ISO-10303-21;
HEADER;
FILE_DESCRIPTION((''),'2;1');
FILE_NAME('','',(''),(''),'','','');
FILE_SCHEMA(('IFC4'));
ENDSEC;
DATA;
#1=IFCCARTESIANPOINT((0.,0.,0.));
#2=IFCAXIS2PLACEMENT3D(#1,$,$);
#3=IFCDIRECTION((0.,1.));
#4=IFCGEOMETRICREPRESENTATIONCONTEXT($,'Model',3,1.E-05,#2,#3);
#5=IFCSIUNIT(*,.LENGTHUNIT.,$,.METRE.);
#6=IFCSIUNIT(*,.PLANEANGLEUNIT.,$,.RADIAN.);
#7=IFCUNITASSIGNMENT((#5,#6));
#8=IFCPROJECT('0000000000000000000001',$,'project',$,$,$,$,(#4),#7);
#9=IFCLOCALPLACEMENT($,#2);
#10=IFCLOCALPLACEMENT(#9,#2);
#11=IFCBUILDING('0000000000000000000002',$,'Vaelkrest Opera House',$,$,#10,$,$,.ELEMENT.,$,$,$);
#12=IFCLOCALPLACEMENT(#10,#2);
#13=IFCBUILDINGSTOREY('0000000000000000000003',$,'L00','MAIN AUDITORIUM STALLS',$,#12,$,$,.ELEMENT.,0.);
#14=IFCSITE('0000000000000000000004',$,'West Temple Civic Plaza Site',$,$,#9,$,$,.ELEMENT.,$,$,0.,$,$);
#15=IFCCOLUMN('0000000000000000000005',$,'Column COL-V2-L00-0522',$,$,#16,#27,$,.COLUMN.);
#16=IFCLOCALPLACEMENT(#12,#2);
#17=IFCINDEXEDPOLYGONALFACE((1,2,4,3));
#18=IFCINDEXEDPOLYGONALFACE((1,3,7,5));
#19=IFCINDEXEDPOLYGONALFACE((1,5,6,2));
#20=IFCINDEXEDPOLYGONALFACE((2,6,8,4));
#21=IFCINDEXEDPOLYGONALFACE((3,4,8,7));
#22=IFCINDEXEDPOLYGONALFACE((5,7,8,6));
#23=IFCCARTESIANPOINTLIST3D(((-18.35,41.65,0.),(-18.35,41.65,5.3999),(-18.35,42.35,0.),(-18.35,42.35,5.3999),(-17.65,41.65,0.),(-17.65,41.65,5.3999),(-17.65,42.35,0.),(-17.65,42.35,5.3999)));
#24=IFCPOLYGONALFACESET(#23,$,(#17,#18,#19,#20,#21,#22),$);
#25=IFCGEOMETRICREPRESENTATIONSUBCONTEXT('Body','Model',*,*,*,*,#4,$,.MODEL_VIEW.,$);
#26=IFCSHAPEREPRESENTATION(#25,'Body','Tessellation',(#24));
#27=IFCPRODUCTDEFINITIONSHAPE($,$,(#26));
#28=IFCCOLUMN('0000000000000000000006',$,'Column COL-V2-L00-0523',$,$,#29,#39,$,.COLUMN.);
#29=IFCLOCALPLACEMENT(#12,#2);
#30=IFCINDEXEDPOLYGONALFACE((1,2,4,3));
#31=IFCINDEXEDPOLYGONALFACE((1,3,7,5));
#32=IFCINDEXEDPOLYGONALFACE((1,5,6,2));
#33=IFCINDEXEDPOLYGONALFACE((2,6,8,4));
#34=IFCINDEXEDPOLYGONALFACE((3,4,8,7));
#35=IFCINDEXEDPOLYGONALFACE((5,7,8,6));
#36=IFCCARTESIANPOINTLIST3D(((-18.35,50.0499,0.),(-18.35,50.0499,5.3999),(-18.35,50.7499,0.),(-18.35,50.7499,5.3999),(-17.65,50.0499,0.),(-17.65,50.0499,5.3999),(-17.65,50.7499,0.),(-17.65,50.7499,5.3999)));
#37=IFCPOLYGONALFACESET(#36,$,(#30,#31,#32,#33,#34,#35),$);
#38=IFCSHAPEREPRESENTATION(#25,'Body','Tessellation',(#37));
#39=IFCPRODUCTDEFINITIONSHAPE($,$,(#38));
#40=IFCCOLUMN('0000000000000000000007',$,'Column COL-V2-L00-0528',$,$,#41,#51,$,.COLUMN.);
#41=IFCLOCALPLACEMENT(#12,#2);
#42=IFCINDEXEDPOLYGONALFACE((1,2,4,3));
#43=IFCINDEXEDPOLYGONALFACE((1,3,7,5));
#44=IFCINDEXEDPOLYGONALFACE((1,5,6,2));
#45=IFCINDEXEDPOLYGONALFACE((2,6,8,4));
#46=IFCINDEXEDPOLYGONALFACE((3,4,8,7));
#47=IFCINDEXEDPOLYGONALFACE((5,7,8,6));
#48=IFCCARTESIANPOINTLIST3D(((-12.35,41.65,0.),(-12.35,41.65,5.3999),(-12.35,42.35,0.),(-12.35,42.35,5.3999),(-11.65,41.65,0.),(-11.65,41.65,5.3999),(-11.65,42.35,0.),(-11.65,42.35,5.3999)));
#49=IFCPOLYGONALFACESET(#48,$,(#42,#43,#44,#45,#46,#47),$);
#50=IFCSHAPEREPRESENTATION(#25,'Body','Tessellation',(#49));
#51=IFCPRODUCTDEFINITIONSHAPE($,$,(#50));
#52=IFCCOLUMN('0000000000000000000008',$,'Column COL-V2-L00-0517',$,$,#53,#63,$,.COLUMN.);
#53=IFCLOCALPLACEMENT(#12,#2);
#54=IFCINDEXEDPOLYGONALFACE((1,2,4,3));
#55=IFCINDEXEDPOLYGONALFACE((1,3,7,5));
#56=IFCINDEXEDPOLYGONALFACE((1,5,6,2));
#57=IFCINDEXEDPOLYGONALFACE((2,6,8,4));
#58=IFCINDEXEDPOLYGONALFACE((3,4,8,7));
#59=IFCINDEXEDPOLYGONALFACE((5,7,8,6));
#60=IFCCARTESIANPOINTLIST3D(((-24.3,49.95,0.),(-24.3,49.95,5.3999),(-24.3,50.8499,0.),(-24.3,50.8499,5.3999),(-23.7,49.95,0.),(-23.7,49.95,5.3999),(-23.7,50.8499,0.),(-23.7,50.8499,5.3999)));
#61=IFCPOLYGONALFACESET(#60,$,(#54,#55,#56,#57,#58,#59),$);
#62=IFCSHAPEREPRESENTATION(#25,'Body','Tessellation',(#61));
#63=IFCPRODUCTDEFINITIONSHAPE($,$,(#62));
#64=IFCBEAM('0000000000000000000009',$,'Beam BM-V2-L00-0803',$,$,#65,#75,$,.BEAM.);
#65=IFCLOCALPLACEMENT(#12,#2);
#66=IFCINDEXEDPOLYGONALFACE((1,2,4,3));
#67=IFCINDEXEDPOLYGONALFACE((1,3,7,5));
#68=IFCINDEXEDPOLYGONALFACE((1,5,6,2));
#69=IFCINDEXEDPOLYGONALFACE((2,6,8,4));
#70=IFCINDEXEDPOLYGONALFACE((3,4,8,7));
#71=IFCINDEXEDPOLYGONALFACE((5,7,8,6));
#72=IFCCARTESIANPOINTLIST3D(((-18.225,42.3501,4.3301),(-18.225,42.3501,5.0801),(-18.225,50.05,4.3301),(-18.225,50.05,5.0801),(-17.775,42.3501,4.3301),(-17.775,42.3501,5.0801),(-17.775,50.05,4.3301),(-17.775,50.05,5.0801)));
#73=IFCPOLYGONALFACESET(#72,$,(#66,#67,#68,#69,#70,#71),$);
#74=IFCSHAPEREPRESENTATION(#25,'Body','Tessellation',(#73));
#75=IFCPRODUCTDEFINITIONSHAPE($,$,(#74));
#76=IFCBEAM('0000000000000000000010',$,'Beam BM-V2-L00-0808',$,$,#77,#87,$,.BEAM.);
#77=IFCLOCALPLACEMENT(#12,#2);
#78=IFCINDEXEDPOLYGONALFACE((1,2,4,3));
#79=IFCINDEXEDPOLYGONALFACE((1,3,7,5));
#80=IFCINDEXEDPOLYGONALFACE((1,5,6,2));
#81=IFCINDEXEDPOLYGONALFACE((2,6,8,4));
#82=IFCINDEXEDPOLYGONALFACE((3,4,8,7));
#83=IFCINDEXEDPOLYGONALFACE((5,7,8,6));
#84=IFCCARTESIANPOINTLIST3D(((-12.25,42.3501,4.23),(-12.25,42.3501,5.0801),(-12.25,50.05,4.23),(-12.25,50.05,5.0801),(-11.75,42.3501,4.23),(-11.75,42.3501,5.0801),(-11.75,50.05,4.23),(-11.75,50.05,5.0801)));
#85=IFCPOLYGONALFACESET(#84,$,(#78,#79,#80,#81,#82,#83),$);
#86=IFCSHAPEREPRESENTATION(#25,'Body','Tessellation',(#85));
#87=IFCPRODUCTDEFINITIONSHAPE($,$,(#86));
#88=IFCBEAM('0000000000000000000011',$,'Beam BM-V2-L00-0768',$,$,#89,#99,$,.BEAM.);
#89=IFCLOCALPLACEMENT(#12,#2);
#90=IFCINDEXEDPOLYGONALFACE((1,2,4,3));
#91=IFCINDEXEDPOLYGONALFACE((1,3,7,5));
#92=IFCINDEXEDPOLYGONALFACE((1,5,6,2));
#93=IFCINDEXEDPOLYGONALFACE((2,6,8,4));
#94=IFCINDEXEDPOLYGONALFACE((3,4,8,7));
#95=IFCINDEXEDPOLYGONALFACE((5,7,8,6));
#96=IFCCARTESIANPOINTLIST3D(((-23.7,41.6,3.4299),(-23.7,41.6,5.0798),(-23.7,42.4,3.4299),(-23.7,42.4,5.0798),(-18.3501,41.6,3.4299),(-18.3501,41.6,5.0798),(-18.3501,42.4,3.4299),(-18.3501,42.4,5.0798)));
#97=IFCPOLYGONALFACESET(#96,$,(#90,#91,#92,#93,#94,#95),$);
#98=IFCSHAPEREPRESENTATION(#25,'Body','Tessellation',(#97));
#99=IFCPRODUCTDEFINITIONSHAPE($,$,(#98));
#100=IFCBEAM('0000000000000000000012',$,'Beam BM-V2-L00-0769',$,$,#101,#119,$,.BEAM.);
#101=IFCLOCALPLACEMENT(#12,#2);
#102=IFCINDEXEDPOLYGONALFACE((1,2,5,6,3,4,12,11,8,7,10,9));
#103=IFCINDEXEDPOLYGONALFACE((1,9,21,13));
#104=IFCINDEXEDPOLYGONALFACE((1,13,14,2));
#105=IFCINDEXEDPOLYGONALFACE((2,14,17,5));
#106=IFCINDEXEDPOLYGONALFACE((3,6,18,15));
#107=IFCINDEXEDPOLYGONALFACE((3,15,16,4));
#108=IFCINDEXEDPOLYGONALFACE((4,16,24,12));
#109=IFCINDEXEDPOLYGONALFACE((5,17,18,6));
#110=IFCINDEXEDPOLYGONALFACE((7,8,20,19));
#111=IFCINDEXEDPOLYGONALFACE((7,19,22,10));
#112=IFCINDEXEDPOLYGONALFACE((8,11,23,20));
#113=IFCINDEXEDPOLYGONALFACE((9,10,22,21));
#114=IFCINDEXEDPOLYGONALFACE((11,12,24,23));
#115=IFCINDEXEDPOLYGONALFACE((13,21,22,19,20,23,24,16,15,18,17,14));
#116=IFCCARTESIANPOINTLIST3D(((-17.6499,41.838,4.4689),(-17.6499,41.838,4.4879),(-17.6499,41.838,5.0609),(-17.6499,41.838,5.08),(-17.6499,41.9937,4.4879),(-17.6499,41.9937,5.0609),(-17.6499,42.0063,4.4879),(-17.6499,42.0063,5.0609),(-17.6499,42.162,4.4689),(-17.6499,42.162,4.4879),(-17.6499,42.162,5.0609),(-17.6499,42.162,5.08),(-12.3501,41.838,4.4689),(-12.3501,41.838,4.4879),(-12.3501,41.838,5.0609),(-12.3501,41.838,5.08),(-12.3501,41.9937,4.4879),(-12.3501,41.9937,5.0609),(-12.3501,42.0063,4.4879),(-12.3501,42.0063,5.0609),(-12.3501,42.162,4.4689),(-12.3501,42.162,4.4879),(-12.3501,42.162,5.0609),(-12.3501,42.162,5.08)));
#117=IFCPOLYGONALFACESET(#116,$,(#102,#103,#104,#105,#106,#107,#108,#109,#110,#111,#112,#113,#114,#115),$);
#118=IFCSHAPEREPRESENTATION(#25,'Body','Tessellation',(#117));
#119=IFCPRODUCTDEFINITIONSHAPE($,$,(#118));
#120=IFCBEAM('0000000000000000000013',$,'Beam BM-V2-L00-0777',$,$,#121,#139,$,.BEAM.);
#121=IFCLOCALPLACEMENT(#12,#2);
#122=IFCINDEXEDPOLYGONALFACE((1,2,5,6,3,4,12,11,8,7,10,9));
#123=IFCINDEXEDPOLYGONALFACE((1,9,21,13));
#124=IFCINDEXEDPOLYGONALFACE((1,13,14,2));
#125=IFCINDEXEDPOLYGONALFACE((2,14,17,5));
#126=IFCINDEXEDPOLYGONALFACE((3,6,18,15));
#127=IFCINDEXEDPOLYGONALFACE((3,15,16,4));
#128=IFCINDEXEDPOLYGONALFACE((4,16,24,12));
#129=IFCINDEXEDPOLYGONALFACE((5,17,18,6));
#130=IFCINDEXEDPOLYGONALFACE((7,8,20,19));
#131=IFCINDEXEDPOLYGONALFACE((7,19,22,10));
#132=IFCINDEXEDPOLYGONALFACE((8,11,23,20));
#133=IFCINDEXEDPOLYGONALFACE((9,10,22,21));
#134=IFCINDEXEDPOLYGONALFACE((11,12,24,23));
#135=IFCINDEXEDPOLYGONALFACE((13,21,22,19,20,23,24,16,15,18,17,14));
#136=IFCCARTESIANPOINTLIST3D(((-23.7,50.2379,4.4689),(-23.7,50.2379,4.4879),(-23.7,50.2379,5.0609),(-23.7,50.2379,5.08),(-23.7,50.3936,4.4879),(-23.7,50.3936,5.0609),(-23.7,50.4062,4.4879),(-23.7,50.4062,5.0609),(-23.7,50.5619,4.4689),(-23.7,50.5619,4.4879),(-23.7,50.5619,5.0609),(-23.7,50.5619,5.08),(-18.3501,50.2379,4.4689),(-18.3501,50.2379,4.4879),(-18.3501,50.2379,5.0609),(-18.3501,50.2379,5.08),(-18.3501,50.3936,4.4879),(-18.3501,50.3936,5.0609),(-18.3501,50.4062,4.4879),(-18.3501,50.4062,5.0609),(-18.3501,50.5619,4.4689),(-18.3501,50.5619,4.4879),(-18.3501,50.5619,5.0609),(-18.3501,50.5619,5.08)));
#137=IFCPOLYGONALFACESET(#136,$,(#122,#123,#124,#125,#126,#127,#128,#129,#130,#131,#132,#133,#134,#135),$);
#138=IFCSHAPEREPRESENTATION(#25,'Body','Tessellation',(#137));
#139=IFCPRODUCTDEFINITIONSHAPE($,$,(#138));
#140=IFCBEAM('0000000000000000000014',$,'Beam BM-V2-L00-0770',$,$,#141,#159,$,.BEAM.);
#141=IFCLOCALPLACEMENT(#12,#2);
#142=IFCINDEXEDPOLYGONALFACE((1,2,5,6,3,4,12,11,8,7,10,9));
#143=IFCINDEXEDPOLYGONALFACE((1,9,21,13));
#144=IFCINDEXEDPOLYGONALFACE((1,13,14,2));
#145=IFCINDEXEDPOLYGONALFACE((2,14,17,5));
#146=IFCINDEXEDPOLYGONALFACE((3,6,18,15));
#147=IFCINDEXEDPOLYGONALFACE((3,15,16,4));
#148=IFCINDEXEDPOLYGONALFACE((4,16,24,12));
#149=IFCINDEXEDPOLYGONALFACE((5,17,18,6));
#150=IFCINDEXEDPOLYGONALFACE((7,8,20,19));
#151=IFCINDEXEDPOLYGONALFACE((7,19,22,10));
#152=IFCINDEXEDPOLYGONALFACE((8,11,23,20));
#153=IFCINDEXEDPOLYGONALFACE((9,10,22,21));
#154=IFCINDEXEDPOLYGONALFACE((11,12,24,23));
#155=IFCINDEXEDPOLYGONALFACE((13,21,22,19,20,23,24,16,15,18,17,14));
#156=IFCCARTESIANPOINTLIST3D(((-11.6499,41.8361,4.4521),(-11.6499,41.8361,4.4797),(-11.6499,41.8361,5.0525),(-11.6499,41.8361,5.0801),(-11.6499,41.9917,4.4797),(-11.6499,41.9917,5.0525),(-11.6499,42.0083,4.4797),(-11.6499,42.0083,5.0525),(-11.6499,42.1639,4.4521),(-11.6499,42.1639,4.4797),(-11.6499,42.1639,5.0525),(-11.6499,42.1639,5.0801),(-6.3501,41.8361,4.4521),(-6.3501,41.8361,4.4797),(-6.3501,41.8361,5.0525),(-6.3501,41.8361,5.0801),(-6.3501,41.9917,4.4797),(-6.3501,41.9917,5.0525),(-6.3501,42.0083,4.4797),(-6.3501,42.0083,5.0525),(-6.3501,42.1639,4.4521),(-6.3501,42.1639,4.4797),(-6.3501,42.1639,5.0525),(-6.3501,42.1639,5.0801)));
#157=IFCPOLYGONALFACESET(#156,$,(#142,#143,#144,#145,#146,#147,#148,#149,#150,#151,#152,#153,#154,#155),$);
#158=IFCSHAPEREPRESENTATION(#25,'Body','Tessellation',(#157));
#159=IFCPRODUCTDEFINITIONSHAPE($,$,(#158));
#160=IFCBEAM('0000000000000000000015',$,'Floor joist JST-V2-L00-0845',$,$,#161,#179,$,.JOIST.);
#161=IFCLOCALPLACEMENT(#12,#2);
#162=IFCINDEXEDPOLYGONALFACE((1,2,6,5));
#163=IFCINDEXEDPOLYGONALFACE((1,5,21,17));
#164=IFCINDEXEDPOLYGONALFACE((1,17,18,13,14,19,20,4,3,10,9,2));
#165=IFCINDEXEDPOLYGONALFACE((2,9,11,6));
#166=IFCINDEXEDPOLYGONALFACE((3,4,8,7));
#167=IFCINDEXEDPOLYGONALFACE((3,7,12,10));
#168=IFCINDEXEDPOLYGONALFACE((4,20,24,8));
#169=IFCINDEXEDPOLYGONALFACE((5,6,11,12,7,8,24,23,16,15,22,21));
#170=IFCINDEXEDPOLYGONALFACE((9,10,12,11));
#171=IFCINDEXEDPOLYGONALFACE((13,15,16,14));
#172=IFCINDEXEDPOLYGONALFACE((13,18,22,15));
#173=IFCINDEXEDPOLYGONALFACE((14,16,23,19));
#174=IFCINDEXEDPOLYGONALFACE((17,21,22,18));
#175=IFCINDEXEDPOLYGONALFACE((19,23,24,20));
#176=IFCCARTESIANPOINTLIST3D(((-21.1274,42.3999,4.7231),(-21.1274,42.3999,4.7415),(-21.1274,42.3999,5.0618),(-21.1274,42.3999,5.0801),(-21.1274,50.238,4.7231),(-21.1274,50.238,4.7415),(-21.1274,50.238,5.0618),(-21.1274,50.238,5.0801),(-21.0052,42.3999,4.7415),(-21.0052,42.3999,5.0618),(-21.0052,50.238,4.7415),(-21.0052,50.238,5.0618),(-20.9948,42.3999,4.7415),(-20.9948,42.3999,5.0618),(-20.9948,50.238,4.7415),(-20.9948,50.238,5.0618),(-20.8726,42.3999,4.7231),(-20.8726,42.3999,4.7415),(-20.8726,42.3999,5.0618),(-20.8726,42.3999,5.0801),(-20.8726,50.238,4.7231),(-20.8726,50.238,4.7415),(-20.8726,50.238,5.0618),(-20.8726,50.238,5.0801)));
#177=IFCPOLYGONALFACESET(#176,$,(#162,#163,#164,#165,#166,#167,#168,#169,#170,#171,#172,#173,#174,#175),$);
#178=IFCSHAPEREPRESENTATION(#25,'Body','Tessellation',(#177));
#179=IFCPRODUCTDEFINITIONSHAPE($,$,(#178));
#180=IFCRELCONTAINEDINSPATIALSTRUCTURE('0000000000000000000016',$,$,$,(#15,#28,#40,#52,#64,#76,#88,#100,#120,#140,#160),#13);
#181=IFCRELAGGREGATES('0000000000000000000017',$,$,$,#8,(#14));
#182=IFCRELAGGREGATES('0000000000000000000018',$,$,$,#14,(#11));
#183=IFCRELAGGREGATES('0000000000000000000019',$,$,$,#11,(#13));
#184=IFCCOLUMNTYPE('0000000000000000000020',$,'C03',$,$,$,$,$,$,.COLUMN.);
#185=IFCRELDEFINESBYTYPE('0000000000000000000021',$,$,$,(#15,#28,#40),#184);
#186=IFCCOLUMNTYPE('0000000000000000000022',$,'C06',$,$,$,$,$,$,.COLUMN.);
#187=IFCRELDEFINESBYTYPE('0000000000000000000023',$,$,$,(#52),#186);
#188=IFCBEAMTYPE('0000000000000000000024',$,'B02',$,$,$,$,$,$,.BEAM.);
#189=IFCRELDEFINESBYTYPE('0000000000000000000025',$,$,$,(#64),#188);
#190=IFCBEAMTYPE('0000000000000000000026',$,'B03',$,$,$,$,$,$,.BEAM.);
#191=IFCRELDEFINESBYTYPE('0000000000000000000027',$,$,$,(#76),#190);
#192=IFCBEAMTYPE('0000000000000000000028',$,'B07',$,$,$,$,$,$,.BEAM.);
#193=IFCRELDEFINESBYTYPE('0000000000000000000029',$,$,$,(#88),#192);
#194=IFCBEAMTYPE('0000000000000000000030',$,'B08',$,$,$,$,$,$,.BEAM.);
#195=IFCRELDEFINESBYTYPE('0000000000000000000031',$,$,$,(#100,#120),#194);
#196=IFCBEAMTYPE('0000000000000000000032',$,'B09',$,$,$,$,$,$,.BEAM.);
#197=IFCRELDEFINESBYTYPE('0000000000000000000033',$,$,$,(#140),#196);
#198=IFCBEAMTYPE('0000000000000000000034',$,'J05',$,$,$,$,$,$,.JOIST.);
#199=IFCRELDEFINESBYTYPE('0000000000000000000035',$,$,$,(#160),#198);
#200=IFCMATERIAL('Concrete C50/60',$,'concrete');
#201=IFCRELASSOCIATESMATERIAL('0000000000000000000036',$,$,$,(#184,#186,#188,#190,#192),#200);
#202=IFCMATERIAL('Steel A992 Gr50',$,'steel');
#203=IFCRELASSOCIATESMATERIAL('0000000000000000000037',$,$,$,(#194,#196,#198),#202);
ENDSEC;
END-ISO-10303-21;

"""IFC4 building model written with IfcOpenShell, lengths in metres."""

from ifc_helpers import new_model, si_unit, direction, frame, origin, origin_2d, place, context, subcontext, project, spatial, rectangle, i_section, extrude, material, material_profile, profile_set, type_object, element, save


model = new_model("IFC4")

# Units and contexts
model_context = context("Model", 3, precision=1e-05, world=origin(), true_north=direction((0.0, 1.0)))
body_context = subcontext(model_context, "Body", "Model", "MODEL_VIEW")
ifc_project = project(units=[si_unit("LENGTHUNIT", "METRE"), si_unit("PLANEANGLEUNIT", "RADIAN")], contexts=[model_context])

# Site, building, storey
site_placement = place(None, origin())
site = spatial("IfcSite", under=ifc_project, at=site_placement, Name="West Temple Civic Plaza Site", CompositionType="ELEMENT", RefElevation=0.0)
building_placement = place(site_placement, origin())
building = spatial("IfcBuilding", under=site, at=building_placement, Name="Vaelkrest Opera House", CompositionType="ELEMENT")
storey_placement = place(building_placement, origin())
storey = spatial("IfcBuildingStorey", under=building, at=storey_placement, Name="L00", Description="MAIN AUDITORIUM STALLS", CompositionType="ELEMENT", Elevation=0.0)

# Columns
ifc_material_1 = material(Name="Concrete C50/60", Category="concrete")
ifc_material_profile_1 = material_profile(ifc_material_1, rectangle(XDim=0.7, YDim=0.7, at=origin_2d()), Name="RC700X700")
ifc_profile_set_1 = profile_set([ifc_material_profile_1], Name="Concrete C50/60")
column_type_1 = type_object("IfcColumnType", Name="C03", PredefinedType="COLUMN", material=ifc_profile_set_1)
for number, where, z_axis, x_axis, name in (
    (1, (-18.0, 42.0, 0.0), (0.0, 0.0, 1.0), (1.0, 0.0, 0.0), "Column COL-V2-L00-0522"),
    (2, (-18.0, 50.3999, 0.0), (0.0, 0.0, 1.0), (1.0, 0.0, 0.0), "Column COL-V2-L00-0523"),
    (3, (-12.0, 42.0, 0.0), (0.0, 0.0, 1.0), (1.0, 0.0, 0.0), "Column COL-V2-L00-0528"),
):
    element("IfcColumn", number, at=place(storey_placement, frame(where, z_axis=z_axis, x_axis=x_axis)), inside=storey, type_object=column_type_1, Name=name, PredefinedType="COLUMN", context=body_context, shape_type="SweptSolid", body=[
        extrude(rectangle(XDim=0.7, YDim=0.7, at=origin_2d()), origin(), (0.0, 0.0, 1.0), 5.3999),
    ])
ifc_material_profile_2 = material_profile(ifc_material_1, rectangle(XDim=0.6001, YDim=0.8999, at=origin_2d()), Name="RC600X900")
ifc_profile_set_2 = profile_set([ifc_material_profile_2], Name="Concrete C50/60")
column_type_2 = type_object("IfcColumnType", Name="C06", PredefinedType="COLUMN", material=ifc_profile_set_2)
column_placement = place(storey_placement, frame((-24.0, 50.3999, 0.0), z_axis=(0.0, 0.0, 1.0), x_axis=(1.0, 0.0, 0.0)))
element("IfcColumn", 4, at=column_placement, inside=storey, type_object=column_type_2, Name="Column COL-V2-L00-0517", PredefinedType="COLUMN", context=body_context, shape_type="SweptSolid", body=[
    extrude(rectangle(XDim=0.6001, YDim=0.8999, at=origin_2d()), origin(), (0.0, 0.0, 1.0), 5.3999),
])

# Beams
ifc_material_profile_3 = material_profile(ifc_material_1, rectangle(XDim=0.45, YDim=0.75, at=origin_2d()), Name="RCB450X750")
ifc_profile_set_3 = profile_set([ifc_material_profile_3], Name="Concrete C50/60")
beam_type_1 = type_object("IfcBeamType", Name="B02", PredefinedType="BEAM", material=ifc_profile_set_3)
beam_1_placement = place(storey_placement, frame((-18.0, 42.3501, 4.7051), z_axis=(0.0, 1.0, 0.0), x_axis=(-1.0, 0.0, 0.0)))
element("IfcBeam", 5, at=beam_1_placement, inside=storey, type_object=beam_type_1, Name="Beam BM-V2-L00-0803", PredefinedType="BEAM", context=body_context, shape_type="SweptSolid", body=[
    extrude(rectangle(XDim=0.45, YDim=0.75, at=origin_2d()), origin(), (0.0, 0.0, 1.0), 7.7),
])
ifc_material_profile_4 = material_profile(ifc_material_1, rectangle(XDim=0.5, YDim=0.8501, at=origin_2d()), Name="RCB500X850")
ifc_profile_set_4 = profile_set([ifc_material_profile_4], Name="Concrete C50/60")
beam_type_2 = type_object("IfcBeamType", Name="B03", PredefinedType="BEAM", material=ifc_profile_set_4)
beam_2_placement = place(storey_placement, frame((-12.0, 42.3501, 4.655), z_axis=(0.0, 1.0, 0.0), x_axis=(-1.0, 0.0, 0.0)))
element("IfcBeam", 6, at=beam_2_placement, inside=storey, type_object=beam_type_2, Name="Beam BM-V2-L00-0808", PredefinedType="BEAM", context=body_context, shape_type="SweptSolid", body=[
    extrude(rectangle(XDim=0.5, YDim=0.8501, at=origin_2d()), origin(), (0.0, 0.0, 1.0), 7.7),
])
ifc_material_profile_5 = material_profile(ifc_material_1, rectangle(XDim=0.8, YDim=1.6499, at=origin_2d()), Name="RCB800X1650")
ifc_profile_set_5 = profile_set([ifc_material_profile_5], Name="Concrete C50/60")
beam_type_3 = type_object("IfcBeamType", Name="B07", PredefinedType="BEAM", material=ifc_profile_set_5)
beam_3_placement = place(storey_placement, frame((-23.7, 42.0, 4.2549), z_axis=(1.0, 0.0, 0.0), x_axis=(0.0, 1.0, 0.0)))
element("IfcBeam", 7, at=beam_3_placement, inside=storey, type_object=beam_type_3, Name="Beam BM-V2-L00-0768", PredefinedType="BEAM", context=body_context, shape_type="SweptSolid", body=[
    extrude(rectangle(XDim=0.8, YDim=1.6499, at=origin_2d()), origin(), (0.0, 0.0, 1.0), 5.3499),
])
ifc_material_2 = material(Name="Steel A992 Gr50", Category="steel")
ifc_material_profile_6 = material_profile(ifc_material_2, i_section(OverallWidth=0.324, OverallDepth=0.6111, WebThickness=0.0127, FlangeThickness=0.019, at=origin_2d()), Name="W24X104")
ifc_profile_set_6 = profile_set([ifc_material_profile_6], Name="Steel A992 Gr50")
beam_type_4 = type_object("IfcBeamType", Name="B08", PredefinedType="BEAM", material=ifc_profile_set_6)
beam_4_placement = place(storey_placement, frame((-17.6499, 42.0, 4.7744), z_axis=(1.0, 0.0, 0.0), x_axis=(0.0, 1.0, 0.0)))
element("IfcBeam", 8, at=beam_4_placement, inside=storey, type_object=beam_type_4, Name="Beam BM-V2-L00-0769", PredefinedType="BEAM", context=body_context, shape_type="SweptSolid", body=[
    extrude(i_section(OverallWidth=0.324, OverallDepth=0.6111, WebThickness=0.0127, FlangeThickness=0.019, at=origin_2d()), origin(), (0.0, 0.0, 1.0), 5.2998),
])
beam_5_placement = place(storey_placement, frame((-23.7, 50.3999, 4.7744), z_axis=(1.0, 0.0, 0.0), x_axis=(0.0, 1.0, 0.0)))
element("IfcBeam", 9, at=beam_5_placement, inside=storey, type_object=beam_type_4, Name="Beam BM-V2-L00-0777", PredefinedType="BEAM", context=body_context, shape_type="SweptSolid", body=[
    extrude(i_section(OverallWidth=0.324, OverallDepth=0.6111, WebThickness=0.0127, FlangeThickness=0.019, at=origin_2d()), origin(), (0.0, 0.0, 1.0), 5.3499),
])
ifc_material_profile_7 = material_profile(ifc_material_2, i_section(OverallWidth=0.3279, OverallDepth=0.6279, WebThickness=0.0166, FlangeThickness=0.0276, at=origin_2d()), Name="W24X146")
ifc_profile_set_7 = profile_set([ifc_material_profile_7], Name="Steel A992 Gr50")
beam_type_5 = type_object("IfcBeamType", Name="B09", PredefinedType="BEAM", material=ifc_profile_set_7)
beam_6_placement = place(storey_placement, frame((-11.6499, 42.0, 4.7661), z_axis=(1.0, 0.0, 0.0), x_axis=(0.0, 1.0, 0.0)))
element("IfcBeam", 10, at=beam_6_placement, inside=storey, type_object=beam_type_5, Name="Beam BM-V2-L00-0770", PredefinedType="BEAM", context=body_context, shape_type="SweptSolid", body=[
    extrude(i_section(OverallWidth=0.3279, OverallDepth=0.6279, WebThickness=0.0166, FlangeThickness=0.0276, at=origin_2d()), origin(), (0.0, 0.0, 1.0), 5.2998),
])
ifc_material_profile_8 = material_profile(ifc_material_2, i_section(OverallWidth=0.2549, OverallDepth=0.3569, WebThickness=0.0105, FlangeThickness=0.0183, at=origin_2d()), Name="W14X68")
ifc_profile_set_8 = profile_set([ifc_material_profile_8], Name="Steel A992 Gr50")
beam_type_6 = type_object("IfcBeamType", Name="J05", PredefinedType="JOIST", material=ifc_profile_set_8)
beam_7_placement = place(storey_placement, frame((-21.0, 42.3999, 4.9016), z_axis=(0.0, 1.0, 0.0), x_axis=(-1.0, 0.0, 0.0)))
element("IfcBeam", 11, at=beam_7_placement, inside=storey, type_object=beam_type_6, Name="Floor joist JST-V2-L00-0845", PredefinedType="JOIST", context=body_context, shape_type="SweptSolid", body=[
    extrude(i_section(OverallWidth=0.2549, OverallDepth=0.3569, WebThickness=0.0105, FlangeThickness=0.0183, at=origin_2d()), origin(), (0.0, 0.0, 1.0), 7.8381),
])

save(model, "model.ifc")
